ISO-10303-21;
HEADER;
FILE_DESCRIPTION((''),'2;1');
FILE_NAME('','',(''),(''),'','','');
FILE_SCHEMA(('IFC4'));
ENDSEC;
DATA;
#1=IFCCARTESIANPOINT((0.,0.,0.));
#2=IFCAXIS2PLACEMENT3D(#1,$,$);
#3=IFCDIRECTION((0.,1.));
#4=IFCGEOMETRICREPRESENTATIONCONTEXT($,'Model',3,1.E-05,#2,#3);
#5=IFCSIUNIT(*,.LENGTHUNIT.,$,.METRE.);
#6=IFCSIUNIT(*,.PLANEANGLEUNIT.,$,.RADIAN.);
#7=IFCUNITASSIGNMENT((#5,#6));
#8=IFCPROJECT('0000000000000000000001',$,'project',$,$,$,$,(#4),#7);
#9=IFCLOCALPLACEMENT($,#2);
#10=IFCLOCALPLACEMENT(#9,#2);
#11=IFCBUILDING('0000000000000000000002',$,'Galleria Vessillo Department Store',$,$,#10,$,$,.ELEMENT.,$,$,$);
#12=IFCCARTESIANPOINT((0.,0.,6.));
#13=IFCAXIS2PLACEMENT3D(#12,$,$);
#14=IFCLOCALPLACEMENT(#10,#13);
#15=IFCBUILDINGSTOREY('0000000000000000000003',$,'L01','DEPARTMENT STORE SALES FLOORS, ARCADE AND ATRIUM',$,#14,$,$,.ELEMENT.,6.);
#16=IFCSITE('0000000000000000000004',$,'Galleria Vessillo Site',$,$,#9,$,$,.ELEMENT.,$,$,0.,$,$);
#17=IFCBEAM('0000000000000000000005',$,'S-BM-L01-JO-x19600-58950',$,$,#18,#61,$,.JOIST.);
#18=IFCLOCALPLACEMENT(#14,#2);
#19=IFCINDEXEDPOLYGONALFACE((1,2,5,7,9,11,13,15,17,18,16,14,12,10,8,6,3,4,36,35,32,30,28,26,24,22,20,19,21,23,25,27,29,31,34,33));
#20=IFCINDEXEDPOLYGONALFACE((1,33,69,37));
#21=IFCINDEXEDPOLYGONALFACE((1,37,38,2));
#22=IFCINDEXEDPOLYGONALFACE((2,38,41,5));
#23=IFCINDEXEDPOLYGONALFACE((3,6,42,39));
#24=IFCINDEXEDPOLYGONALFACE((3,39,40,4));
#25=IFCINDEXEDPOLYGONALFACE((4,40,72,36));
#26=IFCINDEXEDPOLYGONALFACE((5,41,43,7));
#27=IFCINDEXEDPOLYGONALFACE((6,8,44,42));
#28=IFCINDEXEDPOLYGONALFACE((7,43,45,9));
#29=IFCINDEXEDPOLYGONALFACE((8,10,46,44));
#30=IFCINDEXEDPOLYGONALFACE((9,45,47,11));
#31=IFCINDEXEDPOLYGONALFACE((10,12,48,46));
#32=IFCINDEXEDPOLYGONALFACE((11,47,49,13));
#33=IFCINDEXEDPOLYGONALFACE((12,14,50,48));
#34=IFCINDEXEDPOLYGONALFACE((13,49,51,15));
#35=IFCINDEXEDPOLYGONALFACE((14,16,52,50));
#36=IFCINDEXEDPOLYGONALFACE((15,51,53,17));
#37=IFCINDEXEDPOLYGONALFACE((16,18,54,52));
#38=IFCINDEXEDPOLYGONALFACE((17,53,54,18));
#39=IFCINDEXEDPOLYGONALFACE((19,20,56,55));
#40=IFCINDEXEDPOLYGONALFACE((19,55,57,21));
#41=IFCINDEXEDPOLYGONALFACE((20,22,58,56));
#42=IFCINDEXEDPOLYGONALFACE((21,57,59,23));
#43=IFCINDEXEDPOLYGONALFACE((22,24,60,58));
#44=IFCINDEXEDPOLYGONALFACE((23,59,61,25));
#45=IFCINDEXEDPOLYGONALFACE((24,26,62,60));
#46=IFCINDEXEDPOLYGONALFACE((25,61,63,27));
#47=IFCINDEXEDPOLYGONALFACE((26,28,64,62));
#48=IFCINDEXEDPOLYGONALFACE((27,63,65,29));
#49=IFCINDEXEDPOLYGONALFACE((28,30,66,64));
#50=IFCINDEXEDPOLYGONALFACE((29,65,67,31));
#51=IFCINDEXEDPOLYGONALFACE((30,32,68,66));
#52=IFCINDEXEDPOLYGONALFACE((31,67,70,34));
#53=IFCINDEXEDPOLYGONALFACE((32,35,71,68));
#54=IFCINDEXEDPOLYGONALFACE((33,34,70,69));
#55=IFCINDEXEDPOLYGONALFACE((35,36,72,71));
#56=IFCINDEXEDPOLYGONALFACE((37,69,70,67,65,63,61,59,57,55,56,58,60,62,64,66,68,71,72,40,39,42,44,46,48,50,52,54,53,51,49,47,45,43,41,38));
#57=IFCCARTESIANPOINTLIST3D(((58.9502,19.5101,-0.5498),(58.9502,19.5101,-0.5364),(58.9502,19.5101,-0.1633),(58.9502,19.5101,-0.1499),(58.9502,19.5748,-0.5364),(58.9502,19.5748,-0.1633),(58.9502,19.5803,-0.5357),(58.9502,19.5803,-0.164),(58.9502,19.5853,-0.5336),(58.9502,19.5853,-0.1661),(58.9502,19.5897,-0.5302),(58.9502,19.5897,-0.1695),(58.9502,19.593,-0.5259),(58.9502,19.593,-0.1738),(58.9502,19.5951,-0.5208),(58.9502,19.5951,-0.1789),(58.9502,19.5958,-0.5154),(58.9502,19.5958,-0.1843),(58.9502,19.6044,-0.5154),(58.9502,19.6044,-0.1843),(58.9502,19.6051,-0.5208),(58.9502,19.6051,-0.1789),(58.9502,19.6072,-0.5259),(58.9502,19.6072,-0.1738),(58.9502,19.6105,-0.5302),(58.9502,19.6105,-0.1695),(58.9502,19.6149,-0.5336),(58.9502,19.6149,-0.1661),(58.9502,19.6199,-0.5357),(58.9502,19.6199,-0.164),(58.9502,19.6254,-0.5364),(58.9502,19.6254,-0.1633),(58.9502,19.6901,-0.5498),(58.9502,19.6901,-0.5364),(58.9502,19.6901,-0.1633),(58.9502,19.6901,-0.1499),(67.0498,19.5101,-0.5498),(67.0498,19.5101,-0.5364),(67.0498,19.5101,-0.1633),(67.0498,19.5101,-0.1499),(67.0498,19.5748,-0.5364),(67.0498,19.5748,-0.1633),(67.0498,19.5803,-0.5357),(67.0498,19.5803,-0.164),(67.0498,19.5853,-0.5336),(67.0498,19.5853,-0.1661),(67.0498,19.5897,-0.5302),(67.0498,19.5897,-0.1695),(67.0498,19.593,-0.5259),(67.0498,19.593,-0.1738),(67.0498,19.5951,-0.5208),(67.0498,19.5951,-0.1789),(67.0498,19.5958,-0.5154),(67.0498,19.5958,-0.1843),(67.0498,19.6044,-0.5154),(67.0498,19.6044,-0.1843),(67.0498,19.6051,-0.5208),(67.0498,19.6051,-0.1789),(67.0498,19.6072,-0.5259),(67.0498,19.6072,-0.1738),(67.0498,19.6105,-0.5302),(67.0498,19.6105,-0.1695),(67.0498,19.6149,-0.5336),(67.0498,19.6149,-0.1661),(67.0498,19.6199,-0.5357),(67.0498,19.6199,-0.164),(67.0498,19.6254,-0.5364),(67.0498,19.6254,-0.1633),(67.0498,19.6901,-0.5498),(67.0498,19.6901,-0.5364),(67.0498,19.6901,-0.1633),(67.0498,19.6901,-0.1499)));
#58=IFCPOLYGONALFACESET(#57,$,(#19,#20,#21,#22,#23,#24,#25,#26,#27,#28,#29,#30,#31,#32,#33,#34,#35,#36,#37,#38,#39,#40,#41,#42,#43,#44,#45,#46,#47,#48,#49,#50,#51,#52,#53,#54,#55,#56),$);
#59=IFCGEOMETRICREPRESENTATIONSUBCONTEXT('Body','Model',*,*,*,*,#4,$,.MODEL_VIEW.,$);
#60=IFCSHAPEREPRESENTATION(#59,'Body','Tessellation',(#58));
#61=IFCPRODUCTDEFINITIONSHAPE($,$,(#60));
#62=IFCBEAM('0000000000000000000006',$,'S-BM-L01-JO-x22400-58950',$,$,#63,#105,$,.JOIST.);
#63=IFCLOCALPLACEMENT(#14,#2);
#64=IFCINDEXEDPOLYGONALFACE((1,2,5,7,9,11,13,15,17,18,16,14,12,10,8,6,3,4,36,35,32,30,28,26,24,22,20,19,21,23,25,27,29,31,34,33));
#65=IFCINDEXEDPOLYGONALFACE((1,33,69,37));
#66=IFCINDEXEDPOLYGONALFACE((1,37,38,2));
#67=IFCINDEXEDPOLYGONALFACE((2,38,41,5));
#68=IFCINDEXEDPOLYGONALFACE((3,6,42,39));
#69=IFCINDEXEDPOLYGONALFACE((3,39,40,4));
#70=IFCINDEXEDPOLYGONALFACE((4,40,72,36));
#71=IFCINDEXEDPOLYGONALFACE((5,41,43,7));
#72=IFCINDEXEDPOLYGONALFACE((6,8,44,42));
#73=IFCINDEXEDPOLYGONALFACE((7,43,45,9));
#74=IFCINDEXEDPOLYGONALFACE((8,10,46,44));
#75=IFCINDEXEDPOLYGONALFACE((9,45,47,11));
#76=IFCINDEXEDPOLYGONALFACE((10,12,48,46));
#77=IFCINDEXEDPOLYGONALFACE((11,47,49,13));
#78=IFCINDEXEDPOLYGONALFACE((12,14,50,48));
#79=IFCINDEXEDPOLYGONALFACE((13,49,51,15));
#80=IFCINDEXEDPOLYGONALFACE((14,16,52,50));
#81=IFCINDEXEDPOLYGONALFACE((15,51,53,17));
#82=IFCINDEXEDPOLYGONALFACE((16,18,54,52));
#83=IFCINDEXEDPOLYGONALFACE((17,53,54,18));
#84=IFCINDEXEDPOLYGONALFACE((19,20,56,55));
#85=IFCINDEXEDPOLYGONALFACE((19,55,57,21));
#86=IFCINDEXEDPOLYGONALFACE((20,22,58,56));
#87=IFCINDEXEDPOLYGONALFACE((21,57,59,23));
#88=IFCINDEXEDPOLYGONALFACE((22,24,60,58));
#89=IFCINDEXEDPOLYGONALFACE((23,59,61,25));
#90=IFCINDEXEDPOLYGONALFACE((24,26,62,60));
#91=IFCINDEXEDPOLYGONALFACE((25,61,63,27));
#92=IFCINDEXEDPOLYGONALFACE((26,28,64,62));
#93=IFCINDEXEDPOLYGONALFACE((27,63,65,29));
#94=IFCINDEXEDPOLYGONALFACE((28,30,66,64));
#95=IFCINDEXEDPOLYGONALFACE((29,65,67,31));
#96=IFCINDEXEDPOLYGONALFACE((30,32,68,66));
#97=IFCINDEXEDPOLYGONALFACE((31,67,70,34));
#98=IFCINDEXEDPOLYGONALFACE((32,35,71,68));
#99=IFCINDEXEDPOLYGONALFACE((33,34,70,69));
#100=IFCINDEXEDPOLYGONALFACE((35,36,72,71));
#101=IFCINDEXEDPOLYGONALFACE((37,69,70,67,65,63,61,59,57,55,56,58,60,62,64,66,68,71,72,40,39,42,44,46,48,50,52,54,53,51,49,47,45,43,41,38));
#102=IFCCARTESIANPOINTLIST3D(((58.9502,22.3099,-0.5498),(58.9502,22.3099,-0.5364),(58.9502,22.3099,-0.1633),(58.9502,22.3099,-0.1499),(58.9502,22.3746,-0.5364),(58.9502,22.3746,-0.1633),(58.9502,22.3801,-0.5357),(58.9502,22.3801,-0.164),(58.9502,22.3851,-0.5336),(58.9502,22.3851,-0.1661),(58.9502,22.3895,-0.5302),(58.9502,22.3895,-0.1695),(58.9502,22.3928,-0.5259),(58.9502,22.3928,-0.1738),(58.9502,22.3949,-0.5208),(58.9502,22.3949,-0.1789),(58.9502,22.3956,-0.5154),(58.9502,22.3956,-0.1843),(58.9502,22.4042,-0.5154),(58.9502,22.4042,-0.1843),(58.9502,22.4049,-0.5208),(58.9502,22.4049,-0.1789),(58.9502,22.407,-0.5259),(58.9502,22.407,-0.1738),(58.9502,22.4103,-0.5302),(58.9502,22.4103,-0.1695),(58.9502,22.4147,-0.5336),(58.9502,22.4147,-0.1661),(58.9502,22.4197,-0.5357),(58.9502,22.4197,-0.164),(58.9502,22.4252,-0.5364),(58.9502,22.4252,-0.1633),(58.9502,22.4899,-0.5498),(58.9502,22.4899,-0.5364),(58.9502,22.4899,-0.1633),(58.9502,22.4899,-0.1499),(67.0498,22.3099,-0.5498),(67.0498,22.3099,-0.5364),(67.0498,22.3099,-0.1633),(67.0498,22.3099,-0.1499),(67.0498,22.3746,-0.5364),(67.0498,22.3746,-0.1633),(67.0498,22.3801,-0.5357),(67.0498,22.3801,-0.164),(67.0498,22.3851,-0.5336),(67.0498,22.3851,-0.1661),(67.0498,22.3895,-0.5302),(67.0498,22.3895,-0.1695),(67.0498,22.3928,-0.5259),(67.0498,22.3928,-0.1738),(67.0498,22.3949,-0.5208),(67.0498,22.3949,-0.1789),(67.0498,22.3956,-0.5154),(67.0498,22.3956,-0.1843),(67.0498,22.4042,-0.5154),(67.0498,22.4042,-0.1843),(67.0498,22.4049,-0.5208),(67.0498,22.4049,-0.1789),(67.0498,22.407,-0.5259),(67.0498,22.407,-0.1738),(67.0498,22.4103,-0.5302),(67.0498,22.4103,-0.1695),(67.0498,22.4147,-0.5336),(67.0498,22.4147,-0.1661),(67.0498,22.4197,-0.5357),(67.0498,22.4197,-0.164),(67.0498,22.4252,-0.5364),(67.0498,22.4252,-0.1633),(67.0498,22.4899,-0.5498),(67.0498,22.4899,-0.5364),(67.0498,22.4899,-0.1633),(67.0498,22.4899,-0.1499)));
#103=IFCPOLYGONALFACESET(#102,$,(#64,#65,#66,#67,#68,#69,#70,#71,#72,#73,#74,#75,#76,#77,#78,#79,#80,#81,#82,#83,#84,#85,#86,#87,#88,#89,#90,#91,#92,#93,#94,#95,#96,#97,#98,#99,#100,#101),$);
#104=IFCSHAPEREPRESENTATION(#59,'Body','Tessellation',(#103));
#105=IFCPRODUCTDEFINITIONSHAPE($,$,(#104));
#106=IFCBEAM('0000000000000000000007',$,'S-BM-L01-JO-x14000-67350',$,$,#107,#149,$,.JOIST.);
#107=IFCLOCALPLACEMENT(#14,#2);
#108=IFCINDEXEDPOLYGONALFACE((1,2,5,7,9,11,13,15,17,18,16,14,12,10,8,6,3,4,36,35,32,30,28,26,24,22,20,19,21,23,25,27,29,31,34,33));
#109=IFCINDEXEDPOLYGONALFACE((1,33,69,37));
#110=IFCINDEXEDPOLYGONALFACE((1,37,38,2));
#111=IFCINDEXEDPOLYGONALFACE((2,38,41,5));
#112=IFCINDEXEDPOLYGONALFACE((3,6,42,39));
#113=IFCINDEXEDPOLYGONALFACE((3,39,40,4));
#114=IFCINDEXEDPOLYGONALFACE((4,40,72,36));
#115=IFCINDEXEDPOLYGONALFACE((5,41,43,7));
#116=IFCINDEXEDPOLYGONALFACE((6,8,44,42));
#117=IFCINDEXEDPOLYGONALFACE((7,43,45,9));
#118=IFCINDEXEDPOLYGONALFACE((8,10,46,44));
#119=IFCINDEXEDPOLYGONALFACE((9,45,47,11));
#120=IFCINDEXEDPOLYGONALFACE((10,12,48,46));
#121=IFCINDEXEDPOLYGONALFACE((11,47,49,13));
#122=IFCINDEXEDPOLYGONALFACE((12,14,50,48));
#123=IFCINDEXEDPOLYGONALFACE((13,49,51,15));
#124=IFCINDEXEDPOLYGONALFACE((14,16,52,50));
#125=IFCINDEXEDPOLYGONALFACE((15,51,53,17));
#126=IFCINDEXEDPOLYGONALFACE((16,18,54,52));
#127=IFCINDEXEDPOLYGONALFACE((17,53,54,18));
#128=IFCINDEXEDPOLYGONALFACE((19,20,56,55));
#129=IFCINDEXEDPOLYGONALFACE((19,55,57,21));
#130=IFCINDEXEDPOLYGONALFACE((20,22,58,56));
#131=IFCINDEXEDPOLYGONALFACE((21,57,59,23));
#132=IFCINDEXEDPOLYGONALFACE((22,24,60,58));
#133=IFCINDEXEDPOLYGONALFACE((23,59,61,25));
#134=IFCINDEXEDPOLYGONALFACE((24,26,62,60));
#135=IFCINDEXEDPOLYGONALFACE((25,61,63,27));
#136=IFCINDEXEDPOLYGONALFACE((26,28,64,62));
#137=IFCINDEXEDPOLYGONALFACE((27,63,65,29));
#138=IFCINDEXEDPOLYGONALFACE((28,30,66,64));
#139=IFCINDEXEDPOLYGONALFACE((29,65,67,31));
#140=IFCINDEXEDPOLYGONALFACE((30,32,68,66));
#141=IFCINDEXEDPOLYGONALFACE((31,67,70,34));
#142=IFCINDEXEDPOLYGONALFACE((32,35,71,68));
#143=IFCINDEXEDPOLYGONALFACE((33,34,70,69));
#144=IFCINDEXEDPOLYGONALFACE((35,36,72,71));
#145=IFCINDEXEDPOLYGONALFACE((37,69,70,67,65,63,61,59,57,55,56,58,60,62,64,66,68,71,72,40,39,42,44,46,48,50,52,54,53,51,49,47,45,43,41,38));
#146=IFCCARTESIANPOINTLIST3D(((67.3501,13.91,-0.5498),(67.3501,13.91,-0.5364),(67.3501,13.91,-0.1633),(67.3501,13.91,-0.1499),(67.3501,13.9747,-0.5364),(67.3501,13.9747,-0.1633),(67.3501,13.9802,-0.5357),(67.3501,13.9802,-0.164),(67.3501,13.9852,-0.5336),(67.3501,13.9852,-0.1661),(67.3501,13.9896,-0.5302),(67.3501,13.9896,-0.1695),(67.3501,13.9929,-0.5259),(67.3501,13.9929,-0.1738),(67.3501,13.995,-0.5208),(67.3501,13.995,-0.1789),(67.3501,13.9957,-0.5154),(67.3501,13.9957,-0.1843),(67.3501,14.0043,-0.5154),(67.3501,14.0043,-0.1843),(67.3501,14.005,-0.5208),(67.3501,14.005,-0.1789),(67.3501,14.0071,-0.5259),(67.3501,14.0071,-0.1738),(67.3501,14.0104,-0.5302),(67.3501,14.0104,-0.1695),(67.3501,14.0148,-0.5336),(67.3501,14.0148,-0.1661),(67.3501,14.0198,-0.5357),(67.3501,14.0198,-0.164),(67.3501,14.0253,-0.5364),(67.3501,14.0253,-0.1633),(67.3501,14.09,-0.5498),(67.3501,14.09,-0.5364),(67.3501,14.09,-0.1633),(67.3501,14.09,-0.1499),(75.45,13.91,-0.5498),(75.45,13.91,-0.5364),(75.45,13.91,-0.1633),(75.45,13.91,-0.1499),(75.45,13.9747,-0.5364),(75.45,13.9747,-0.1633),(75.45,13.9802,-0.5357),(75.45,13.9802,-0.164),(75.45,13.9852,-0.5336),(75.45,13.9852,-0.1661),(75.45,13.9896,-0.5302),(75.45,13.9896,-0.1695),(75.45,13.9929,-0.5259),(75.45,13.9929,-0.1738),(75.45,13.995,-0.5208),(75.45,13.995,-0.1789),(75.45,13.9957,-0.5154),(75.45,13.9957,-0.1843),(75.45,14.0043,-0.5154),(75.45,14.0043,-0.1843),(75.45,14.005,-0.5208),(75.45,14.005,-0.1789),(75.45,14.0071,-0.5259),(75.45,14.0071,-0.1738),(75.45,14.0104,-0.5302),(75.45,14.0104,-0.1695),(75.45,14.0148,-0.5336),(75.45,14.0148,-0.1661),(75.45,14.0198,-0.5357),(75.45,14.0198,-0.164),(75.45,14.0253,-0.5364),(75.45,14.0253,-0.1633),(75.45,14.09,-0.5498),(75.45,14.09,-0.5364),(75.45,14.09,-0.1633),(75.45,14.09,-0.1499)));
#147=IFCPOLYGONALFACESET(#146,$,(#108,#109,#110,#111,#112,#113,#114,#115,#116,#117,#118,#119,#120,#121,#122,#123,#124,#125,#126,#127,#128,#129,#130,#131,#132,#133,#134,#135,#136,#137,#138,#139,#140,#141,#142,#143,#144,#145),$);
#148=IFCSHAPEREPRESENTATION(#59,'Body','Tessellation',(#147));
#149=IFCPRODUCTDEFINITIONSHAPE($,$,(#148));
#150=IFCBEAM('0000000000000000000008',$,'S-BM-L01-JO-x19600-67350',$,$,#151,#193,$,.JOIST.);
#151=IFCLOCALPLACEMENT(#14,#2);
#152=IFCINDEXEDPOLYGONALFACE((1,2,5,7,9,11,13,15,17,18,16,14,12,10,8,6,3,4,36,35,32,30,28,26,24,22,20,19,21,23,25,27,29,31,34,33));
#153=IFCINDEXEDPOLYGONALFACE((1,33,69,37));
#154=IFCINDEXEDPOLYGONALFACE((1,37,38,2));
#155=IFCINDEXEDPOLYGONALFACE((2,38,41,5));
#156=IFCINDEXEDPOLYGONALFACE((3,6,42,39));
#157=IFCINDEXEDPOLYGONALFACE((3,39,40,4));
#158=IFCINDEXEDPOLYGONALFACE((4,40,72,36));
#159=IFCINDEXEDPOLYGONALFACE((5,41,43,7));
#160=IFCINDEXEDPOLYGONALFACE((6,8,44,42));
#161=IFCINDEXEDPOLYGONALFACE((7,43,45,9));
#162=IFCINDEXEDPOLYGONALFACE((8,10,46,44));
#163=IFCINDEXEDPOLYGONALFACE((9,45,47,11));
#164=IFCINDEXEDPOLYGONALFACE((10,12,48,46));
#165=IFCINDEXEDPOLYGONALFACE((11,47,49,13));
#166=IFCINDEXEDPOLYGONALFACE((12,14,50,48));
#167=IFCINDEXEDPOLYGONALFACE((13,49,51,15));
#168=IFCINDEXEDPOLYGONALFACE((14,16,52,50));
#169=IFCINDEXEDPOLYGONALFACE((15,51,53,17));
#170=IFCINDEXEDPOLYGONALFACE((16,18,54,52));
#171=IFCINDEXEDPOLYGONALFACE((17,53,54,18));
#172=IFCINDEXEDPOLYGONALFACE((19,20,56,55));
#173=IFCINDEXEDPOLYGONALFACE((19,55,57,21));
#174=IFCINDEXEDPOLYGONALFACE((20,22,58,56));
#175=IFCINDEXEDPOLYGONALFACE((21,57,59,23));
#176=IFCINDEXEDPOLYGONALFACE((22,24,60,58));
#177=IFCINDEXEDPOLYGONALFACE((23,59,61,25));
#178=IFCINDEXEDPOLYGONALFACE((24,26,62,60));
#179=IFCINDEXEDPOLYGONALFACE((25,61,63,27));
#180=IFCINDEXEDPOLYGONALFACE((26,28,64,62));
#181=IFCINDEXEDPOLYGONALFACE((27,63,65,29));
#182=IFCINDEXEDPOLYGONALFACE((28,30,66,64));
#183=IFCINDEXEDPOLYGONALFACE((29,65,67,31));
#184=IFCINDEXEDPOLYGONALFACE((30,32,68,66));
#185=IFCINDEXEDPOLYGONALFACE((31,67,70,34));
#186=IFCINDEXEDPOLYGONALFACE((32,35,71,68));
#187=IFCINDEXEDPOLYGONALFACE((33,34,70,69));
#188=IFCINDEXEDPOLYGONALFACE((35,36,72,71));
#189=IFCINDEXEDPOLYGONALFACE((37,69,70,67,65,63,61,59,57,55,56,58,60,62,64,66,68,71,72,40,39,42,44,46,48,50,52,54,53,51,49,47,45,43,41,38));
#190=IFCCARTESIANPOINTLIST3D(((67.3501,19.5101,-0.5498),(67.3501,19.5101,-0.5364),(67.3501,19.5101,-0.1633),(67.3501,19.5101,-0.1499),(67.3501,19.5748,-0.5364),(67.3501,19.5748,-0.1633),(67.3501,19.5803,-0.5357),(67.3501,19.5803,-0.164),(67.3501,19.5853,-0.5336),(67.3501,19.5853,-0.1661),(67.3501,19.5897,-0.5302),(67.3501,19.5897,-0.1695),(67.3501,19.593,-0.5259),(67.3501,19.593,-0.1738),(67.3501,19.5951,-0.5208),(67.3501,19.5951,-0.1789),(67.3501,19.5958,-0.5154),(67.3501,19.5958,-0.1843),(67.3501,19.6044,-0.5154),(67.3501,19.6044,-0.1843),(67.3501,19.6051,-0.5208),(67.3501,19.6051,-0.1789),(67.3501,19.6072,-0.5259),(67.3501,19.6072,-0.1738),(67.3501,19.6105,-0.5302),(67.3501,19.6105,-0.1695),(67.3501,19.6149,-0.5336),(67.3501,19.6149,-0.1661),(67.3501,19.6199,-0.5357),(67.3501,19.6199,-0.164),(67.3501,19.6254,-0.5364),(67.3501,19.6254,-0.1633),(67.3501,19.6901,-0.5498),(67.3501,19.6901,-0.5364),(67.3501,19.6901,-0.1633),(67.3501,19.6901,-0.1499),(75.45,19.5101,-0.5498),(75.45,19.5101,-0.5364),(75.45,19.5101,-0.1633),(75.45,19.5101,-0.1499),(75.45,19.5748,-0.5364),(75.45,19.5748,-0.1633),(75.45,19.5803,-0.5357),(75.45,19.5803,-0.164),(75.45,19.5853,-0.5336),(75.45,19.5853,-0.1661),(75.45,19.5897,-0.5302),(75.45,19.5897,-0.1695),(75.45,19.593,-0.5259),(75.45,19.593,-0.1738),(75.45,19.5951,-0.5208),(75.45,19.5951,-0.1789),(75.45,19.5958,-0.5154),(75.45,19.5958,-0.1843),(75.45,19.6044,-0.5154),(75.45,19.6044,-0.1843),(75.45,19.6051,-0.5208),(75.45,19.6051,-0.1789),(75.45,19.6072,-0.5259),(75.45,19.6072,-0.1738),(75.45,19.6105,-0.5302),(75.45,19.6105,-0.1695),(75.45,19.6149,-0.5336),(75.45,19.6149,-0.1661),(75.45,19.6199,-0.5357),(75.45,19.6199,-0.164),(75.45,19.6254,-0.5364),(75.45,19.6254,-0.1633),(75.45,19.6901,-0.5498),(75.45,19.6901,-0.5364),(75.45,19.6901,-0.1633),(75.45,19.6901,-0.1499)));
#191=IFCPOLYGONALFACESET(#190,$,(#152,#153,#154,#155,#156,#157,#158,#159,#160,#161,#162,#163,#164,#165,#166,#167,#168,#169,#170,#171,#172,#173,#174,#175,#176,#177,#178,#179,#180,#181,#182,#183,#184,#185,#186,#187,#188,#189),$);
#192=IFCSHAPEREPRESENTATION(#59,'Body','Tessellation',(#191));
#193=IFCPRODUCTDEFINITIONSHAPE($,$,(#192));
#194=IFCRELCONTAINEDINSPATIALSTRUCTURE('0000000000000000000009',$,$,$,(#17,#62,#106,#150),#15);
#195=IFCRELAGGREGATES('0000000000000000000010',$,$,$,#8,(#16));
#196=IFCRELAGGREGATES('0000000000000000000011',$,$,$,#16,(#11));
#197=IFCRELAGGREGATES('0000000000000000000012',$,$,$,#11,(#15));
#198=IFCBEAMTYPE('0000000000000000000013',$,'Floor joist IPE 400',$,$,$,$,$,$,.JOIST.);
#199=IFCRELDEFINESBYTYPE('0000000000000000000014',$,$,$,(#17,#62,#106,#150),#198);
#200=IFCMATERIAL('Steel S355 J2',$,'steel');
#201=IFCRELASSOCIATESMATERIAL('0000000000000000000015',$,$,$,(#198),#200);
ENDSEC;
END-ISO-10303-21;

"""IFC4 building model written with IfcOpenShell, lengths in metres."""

from ifc_helpers import new_model, si_unit, direction, frame, origin, origin_2d, place, context, subcontext, project, spatial, i_section, extrude, material, material_profile, profile_set, type_object, element, save


model = new_model("IFC4")

# Units and contexts
model_context = context("Model", 3, precision=1e-05, world=origin(), true_north=direction((0.0, 1.0)))
body_context = subcontext(model_context, "Body", "Model", "MODEL_VIEW")
ifc_project = project(units=[si_unit("LENGTHUNIT", "METRE"), si_unit("PLANEANGLEUNIT", "RADIAN")], contexts=[model_context])

# Site, building, storey
site_placement = place(None, origin())
site = spatial("IfcSite", under=ifc_project, at=site_placement, Name="Galleria Vessillo Site", CompositionType="ELEMENT", RefElevation=0.0)
building_placement = place(site_placement, origin())
building = spatial("IfcBuilding", under=site, at=building_placement, Name="Galleria Vessillo Department Store", CompositionType="ELEMENT")
storey_placement = place(building_placement, frame((0.0, 0.0, 6.0)))
storey = spatial("IfcBuildingStorey", under=building, at=storey_placement, Name="L01", Description="DEPARTMENT STORE SALES FLOORS, ARCADE AND ATRIUM", CompositionType="ELEMENT", Elevation=6.0)

# Beams
ifc_material_1 = material(Name="Steel S355 J2", Category="steel")
ifc_material_profile_1 = material_profile(ifc_material_1, i_section(OverallWidth=0.1799, OverallDepth=0.3999, WebThickness=0.0085, FlangeThickness=0.0134, FilletRadius=0.021, at=origin_2d()), Name="IPE 400")
ifc_profile_set_1 = profile_set([ifc_material_profile_1], Name="Steel S355 J2")
beam_type_1 = type_object("IfcBeamType", Name="Floor joist IPE 400", PredefinedType="JOIST", material=ifc_profile_set_1)
for number, where, z_axis, x_axis, name in (
    (1, (58.9502, 19.6001, -0.3499), (1.0, 0.0, 0.0), (0.0, 1.0, 0.0), "S-BM-L01-JO-x19600-58950"),
    (2, (58.9502, 22.3999, -0.3499), (1.0, 0.0, 0.0), (0.0, 1.0, 0.0), "S-BM-L01-JO-x22400-58950"),
):
    element("IfcBeam", number, at=place(storey_placement, frame(where, z_axis=z_axis, x_axis=x_axis)), inside=storey, type_object=beam_type_1, Name=name, PredefinedType="JOIST", context=body_context, shape_type="SweptSolid", body=[
        extrude(i_section(OverallWidth=0.1799, OverallDepth=0.3999, WebThickness=0.0085, FlangeThickness=0.0134, FilletRadius=0.021, at=origin_2d()), origin(), (0.0, 0.0, 1.0), 8.0996),
    ])
for number, where, z_axis, x_axis, name in (
    (3, (67.3501, 14.0, -0.3499), (1.0, 0.0, 0.0), (0.0, 1.0, 0.0), "S-BM-L01-JO-x14000-67350"),
    (4, (67.3501, 19.6001, -0.3499), (1.0, 0.0, 0.0), (0.0, 1.0, 0.0), "S-BM-L01-JO-x19600-67350"),
):
    element("IfcBeam", number, at=place(storey_placement, frame(where, z_axis=z_axis, x_axis=x_axis)), inside=storey, type_object=beam_type_1, Name=name, PredefinedType="JOIST", context=body_context, shape_type="SweptSolid", body=[
        extrude(i_section(OverallWidth=0.1799, OverallDepth=0.3999, WebThickness=0.0085, FlangeThickness=0.0134, FilletRadius=0.021, at=origin_2d()), origin(), (0.0, 0.0, 1.0), 8.0999),
    ])

save(model, "model.ifc")
